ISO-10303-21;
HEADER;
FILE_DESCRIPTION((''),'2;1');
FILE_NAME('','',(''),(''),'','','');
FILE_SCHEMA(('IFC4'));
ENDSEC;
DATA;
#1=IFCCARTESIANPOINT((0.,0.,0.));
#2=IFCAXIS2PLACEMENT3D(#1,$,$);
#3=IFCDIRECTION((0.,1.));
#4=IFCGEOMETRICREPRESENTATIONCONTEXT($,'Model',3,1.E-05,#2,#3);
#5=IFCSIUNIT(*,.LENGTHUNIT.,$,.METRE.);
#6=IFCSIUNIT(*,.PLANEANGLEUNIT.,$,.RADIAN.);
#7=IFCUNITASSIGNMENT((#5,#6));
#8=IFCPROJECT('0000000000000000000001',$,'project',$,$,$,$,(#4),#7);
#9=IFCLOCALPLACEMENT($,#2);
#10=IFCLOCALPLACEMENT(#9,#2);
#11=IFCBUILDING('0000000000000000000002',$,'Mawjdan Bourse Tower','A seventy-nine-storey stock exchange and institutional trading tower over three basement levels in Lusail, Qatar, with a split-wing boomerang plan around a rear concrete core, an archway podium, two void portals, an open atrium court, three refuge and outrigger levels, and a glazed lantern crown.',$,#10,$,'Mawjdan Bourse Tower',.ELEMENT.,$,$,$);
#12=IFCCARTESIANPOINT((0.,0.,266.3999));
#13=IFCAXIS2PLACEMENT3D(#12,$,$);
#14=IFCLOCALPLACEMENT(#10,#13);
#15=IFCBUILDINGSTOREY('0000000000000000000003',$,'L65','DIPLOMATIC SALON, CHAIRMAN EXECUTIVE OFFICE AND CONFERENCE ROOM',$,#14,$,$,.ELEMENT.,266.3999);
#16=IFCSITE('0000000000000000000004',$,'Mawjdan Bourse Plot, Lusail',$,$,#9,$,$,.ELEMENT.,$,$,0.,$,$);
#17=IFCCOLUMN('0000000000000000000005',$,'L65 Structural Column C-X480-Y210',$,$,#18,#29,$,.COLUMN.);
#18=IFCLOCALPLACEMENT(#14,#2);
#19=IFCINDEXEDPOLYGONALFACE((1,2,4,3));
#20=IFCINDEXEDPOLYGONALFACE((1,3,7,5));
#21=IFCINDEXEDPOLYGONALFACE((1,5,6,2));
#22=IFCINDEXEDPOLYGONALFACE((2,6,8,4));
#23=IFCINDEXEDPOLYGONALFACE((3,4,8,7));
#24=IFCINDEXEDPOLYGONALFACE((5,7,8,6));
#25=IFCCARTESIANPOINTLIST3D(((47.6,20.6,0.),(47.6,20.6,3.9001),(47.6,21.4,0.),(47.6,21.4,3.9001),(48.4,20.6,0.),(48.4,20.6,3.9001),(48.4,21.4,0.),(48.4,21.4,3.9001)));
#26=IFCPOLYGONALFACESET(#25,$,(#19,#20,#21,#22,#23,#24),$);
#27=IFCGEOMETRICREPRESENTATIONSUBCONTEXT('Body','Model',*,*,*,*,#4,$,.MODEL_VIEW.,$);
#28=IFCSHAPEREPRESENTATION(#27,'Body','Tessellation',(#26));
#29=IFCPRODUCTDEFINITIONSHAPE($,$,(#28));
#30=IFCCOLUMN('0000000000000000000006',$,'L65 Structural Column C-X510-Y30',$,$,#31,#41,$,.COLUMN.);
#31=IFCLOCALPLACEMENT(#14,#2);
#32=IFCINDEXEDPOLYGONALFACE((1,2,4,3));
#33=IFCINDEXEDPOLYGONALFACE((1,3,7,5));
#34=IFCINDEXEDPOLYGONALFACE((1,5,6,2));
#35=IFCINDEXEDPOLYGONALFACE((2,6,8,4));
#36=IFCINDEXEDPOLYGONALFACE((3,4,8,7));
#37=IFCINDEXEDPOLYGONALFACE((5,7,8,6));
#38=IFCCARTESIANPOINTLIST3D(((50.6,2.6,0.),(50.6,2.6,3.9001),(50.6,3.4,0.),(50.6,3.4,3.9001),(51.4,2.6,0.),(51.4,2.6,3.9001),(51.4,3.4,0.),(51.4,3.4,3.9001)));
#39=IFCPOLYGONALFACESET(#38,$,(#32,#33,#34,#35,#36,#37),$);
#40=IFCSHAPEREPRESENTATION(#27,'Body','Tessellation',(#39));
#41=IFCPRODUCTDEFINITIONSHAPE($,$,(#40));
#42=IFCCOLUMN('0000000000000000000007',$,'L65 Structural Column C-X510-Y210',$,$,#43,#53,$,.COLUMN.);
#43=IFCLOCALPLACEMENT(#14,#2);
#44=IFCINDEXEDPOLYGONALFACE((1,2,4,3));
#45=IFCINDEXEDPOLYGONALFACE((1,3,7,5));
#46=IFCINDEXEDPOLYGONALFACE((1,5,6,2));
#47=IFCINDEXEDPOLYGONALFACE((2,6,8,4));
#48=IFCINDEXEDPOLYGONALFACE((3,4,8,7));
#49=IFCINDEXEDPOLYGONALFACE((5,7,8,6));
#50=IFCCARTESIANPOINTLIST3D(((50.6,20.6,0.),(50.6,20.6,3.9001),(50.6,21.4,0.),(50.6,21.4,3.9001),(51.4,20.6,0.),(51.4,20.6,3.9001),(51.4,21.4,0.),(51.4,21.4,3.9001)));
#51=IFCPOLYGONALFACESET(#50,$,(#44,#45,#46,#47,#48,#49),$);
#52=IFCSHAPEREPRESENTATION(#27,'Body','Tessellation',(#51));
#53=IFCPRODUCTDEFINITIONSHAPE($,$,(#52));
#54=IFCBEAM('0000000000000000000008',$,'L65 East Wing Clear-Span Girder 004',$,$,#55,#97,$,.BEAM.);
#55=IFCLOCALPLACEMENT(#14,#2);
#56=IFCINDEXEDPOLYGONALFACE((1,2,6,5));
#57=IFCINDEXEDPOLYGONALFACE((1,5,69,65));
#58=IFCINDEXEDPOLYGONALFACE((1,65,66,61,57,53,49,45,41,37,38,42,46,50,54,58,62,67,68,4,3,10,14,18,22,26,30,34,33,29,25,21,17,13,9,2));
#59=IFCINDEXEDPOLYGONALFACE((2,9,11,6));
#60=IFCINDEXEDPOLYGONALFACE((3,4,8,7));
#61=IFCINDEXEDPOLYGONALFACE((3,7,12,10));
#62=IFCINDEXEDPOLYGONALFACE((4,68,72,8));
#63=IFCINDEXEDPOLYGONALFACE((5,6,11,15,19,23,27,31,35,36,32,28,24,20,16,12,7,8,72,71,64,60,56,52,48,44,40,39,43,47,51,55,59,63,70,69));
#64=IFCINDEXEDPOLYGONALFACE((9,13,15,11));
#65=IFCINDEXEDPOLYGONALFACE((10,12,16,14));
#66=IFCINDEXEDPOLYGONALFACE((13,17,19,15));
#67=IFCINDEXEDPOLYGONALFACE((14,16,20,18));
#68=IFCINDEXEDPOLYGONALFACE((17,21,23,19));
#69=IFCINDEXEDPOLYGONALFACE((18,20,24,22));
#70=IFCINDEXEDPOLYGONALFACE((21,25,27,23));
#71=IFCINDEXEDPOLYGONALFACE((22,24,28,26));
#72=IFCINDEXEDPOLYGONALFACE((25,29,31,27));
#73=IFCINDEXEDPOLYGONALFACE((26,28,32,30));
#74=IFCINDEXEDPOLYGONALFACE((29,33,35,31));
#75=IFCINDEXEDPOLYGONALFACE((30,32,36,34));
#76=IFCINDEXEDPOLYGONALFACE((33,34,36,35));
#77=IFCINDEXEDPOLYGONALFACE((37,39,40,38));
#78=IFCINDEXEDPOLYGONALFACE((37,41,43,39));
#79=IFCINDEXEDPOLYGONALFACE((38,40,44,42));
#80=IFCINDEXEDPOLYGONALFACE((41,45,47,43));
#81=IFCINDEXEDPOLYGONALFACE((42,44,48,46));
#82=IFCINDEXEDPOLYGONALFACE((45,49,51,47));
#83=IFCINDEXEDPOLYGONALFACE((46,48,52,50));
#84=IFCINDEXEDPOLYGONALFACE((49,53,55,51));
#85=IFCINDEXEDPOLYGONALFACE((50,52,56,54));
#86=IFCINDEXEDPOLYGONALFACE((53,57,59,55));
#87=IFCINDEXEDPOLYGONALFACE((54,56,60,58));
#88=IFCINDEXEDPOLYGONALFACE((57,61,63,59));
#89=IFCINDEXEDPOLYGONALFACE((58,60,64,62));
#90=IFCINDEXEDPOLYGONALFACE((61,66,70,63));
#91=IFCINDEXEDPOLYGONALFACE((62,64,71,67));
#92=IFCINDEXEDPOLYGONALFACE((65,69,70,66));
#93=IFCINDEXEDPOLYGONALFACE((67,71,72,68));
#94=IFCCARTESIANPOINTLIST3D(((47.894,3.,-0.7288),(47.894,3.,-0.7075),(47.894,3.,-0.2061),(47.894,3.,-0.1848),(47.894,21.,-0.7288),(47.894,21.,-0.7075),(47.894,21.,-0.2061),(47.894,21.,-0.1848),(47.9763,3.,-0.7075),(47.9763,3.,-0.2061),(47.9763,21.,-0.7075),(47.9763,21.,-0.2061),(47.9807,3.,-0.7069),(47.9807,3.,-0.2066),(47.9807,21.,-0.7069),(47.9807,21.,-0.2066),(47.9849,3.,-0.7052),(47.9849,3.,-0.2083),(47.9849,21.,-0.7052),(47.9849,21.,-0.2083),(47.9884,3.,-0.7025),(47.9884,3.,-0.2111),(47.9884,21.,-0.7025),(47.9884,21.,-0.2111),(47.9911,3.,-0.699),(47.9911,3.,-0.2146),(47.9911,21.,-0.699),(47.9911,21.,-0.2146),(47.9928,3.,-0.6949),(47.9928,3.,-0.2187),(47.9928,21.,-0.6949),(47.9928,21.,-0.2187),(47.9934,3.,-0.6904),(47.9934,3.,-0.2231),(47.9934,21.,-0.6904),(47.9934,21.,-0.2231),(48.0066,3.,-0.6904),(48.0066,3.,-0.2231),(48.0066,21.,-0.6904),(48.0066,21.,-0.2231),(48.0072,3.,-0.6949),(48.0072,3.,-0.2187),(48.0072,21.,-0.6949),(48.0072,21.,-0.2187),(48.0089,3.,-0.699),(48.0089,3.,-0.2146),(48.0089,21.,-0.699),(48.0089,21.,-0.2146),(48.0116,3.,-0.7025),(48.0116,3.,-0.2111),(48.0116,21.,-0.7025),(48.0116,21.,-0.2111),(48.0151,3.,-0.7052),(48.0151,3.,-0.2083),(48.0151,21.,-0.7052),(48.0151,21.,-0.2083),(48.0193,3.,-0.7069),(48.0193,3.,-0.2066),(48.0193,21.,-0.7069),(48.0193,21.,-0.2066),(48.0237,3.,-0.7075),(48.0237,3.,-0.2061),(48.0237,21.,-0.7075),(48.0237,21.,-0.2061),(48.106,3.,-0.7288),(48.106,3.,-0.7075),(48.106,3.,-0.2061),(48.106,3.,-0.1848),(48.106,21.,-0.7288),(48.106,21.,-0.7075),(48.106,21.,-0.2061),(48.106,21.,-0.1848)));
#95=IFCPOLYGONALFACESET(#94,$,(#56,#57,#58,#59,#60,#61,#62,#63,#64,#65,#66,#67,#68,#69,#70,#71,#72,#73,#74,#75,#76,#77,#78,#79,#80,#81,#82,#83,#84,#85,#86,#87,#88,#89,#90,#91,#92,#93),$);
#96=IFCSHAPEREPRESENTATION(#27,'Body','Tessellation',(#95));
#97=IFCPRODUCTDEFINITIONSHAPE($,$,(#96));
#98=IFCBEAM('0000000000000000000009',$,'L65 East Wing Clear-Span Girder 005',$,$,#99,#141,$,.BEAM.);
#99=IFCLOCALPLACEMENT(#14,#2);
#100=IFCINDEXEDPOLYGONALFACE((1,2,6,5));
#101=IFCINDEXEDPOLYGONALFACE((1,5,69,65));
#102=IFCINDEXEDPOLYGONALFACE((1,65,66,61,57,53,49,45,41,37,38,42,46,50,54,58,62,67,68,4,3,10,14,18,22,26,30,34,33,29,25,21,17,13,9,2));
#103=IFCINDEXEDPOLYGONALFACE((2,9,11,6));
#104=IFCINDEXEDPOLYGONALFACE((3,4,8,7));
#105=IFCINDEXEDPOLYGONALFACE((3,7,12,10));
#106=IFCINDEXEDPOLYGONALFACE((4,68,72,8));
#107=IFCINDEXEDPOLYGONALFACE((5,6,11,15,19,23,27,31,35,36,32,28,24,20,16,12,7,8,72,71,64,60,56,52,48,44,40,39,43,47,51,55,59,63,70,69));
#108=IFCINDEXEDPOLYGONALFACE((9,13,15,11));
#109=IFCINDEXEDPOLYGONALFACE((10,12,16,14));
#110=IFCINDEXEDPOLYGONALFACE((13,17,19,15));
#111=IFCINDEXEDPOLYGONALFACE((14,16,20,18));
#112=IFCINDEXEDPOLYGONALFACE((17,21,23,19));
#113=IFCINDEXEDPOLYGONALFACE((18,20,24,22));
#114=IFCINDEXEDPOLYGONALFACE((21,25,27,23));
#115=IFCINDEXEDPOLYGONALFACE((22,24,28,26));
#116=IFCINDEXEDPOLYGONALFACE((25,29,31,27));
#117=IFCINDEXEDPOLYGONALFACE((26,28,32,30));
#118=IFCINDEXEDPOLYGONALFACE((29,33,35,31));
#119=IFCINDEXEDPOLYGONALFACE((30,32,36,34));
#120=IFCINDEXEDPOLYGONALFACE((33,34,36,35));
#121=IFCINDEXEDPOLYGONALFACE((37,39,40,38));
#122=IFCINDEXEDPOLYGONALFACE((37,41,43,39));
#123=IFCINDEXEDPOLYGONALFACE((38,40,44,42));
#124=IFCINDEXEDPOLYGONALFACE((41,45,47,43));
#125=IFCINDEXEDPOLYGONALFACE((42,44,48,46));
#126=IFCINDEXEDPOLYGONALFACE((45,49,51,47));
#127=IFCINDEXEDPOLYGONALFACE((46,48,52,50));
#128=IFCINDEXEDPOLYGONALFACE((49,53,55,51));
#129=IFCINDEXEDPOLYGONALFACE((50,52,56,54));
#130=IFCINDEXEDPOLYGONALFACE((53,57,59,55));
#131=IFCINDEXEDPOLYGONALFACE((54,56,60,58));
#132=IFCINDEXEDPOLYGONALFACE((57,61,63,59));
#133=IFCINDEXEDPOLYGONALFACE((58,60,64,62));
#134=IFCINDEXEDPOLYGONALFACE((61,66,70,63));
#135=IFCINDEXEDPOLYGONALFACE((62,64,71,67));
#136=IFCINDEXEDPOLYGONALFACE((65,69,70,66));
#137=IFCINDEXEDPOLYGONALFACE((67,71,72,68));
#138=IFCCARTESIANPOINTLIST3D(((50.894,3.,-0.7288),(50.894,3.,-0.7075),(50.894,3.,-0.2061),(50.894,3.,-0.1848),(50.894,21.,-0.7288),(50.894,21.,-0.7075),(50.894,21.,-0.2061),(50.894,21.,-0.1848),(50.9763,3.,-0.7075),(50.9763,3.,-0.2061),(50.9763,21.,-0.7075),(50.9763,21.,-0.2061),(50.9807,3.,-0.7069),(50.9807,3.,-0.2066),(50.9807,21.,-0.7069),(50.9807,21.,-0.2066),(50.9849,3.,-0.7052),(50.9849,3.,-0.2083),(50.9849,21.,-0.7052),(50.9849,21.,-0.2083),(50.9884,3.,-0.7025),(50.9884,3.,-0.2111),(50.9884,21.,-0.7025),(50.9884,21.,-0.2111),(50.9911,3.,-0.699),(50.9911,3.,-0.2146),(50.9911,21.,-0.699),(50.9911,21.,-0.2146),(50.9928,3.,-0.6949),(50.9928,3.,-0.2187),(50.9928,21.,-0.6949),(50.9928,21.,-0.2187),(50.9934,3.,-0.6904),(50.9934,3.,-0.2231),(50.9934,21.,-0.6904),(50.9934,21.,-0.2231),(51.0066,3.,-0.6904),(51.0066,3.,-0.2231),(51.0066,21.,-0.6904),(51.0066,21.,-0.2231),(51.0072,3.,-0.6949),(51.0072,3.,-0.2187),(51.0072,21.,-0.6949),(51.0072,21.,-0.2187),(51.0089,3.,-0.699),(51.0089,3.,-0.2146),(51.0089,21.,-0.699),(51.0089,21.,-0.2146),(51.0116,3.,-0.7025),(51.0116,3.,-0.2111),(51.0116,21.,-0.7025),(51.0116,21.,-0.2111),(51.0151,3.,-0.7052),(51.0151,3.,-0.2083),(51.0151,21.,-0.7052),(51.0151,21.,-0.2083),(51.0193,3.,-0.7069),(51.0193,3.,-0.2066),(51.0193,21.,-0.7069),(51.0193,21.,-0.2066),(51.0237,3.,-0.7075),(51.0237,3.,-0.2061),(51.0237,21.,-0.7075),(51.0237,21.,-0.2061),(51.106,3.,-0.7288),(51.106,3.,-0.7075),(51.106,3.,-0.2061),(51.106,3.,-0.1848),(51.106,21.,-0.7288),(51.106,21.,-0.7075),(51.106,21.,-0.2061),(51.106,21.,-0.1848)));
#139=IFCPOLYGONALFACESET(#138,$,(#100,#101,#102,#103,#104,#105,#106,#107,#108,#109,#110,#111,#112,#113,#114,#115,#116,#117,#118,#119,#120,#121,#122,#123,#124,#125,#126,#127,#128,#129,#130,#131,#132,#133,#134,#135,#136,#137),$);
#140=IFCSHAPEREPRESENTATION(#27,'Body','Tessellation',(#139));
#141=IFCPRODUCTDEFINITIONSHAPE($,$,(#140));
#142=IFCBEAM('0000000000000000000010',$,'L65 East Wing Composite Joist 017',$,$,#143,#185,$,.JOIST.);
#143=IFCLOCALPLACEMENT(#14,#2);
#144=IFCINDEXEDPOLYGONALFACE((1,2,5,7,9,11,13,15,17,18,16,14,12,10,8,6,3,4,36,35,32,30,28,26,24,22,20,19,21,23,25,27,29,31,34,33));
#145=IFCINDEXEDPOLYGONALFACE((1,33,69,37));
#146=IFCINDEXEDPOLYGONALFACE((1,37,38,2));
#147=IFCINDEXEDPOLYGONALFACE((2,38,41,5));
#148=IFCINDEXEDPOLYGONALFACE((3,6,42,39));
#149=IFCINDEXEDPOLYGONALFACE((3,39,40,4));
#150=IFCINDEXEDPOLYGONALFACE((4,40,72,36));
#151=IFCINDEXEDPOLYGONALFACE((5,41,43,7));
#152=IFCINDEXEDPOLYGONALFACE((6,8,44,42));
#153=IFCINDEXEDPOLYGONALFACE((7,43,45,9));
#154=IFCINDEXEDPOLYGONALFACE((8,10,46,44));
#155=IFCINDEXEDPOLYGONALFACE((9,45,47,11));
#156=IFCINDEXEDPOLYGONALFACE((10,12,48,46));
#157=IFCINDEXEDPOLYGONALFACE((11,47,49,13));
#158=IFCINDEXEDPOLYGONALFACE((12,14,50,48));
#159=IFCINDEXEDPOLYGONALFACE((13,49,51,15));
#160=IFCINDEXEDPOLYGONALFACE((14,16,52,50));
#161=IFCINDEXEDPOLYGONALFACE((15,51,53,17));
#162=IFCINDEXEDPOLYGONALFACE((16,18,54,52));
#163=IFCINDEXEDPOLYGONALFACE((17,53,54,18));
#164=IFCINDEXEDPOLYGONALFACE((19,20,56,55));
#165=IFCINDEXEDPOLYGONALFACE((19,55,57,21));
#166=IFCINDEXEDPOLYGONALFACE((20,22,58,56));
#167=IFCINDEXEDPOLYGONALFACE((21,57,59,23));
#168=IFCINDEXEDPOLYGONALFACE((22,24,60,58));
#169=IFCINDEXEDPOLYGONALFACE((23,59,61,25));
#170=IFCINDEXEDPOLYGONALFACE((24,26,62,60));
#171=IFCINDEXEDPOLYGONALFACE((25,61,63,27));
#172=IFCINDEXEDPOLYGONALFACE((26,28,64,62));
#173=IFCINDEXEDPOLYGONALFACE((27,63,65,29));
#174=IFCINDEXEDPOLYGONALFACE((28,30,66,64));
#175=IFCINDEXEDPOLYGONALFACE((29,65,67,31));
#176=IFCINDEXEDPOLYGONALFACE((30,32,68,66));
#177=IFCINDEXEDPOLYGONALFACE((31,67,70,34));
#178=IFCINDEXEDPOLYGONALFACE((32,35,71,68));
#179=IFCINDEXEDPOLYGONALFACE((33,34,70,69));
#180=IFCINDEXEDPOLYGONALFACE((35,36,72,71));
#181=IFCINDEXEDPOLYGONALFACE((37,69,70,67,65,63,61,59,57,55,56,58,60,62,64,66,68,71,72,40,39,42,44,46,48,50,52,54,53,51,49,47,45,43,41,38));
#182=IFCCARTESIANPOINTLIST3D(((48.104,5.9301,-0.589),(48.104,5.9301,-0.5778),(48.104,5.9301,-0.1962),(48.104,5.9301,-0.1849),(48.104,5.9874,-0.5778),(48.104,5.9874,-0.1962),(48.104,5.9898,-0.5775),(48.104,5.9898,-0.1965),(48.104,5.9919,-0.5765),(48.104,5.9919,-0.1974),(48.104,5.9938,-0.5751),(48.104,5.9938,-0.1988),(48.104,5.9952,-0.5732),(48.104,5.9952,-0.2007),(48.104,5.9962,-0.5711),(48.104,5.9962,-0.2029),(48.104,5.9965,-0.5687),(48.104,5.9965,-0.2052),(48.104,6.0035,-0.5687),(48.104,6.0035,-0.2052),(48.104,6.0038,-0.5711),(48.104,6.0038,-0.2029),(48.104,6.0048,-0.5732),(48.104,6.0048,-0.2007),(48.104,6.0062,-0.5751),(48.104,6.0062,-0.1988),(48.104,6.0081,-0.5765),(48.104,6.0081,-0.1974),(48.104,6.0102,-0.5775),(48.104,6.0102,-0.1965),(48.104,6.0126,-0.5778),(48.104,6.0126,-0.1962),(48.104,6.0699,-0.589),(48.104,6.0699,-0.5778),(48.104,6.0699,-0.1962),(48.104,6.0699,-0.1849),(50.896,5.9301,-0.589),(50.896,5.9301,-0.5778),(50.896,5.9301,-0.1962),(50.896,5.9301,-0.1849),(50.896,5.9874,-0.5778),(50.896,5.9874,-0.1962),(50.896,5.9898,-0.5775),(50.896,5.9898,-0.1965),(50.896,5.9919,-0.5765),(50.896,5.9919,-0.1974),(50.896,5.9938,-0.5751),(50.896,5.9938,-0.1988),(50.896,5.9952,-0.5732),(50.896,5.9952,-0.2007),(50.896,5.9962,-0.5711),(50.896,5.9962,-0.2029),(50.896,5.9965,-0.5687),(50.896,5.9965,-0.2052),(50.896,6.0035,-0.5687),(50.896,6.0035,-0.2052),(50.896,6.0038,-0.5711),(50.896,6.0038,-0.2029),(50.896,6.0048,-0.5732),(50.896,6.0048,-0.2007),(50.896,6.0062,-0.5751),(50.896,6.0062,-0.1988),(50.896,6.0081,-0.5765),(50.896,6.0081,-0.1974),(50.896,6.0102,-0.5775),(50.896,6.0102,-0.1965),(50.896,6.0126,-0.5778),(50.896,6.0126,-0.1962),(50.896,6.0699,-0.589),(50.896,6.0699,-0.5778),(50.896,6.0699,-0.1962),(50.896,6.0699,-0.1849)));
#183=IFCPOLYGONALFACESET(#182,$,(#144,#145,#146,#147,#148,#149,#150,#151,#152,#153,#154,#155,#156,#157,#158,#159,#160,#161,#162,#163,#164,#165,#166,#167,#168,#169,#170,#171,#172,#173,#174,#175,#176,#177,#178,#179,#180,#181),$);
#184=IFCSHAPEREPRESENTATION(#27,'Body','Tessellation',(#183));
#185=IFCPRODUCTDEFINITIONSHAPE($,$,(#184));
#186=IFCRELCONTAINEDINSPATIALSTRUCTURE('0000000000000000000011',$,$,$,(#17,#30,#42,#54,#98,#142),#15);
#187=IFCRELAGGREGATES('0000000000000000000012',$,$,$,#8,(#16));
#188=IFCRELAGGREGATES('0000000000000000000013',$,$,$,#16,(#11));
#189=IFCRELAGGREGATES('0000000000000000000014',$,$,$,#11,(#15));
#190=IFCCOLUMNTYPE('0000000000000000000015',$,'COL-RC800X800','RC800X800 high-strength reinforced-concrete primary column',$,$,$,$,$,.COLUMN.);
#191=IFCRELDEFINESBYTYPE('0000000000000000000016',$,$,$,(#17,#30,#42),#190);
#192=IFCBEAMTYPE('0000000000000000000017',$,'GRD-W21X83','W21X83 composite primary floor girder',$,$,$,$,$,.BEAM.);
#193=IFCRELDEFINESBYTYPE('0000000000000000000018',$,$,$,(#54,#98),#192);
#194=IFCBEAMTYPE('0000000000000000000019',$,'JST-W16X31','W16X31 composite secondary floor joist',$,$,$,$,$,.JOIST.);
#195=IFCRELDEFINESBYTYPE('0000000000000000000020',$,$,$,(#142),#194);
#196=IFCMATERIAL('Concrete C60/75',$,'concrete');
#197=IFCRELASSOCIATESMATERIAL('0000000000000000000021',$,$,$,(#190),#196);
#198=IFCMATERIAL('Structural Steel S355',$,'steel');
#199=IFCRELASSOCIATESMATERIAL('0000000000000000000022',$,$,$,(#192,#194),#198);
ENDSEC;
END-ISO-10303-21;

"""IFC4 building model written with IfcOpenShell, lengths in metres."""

from ifc_helpers import new_model, si_unit, direction, frame, origin, origin_2d, place, context, subcontext, project, spatial, rectangle, i_section, extrude, material, material_profile, profile_set, type_object, element, save


model = new_model("IFC4")

# Units and contexts
model_context = context("Model", 3, precision=1e-05, world=origin(), true_north=direction((0.0, 1.0)))
body_context = subcontext(model_context, "Body", "Model", "MODEL_VIEW")
ifc_project = project(units=[si_unit("LENGTHUNIT", "METRE"), si_unit("PLANEANGLEUNIT", "RADIAN")], contexts=[model_context])

# Site, building, storey
site_placement = place(None, origin())
site = spatial("IfcSite", under=ifc_project, at=site_placement, Name="Mawjdan Bourse Plot, Lusail", CompositionType="ELEMENT", RefElevation=0.0)
building_placement = place(site_placement, origin())
building = spatial("IfcBuilding", under=site, at=building_placement, Name="Mawjdan Bourse Tower", Description="A seventy-nine-storey stock exchange and institutional trading tower over three basement levels in Lusail, Qatar, with a split-wing boomerang plan around a rear concrete core, an archway podium, two void portals, an open atrium court, three refuge and outrigger levels, and a glazed lantern crown.", LongName="Mawjdan Bourse Tower", CompositionType="ELEMENT")
storey_placement = place(building_placement, frame((0.0, 0.0, 266.3999)))
storey = spatial("IfcBuildingStorey", under=building, at=storey_placement, Name="L65", Description="DIPLOMATIC SALON, CHAIRMAN EXECUTIVE OFFICE AND CONFERENCE ROOM", CompositionType="ELEMENT", Elevation=266.3999)

# Columns
ifc_material_1 = material(Name="Concrete C60/75", Category="concrete")
ifc_material_profile_1 = material_profile(ifc_material_1, rectangle(XDim=0.8, YDim=0.8, at=origin_2d()), Name="RC800X800")
ifc_profile_set_1 = profile_set([ifc_material_profile_1], Name="Concrete C60/75")
column_type = type_object("IfcColumnType", Name="COL-RC800X800", Description="RC800X800 high-strength reinforced-concrete primary column", PredefinedType="COLUMN", material=ifc_profile_set_1)
for number, where, z_axis, x_axis, name in (
    (1, (48.0, 21.0, 0.0), (0.0, 0.0, 1.0), (1.0, 0.0, 0.0), "L65 Structural Column C-X480-Y210"),
    (2, (51.0, 3.0, 0.0), (0.0, 0.0, 1.0), (1.0, 0.0, 0.0), "L65 Structural Column C-X510-Y30"),
    (3, (51.0, 21.0, 0.0), (0.0, 0.0, 1.0), (1.0, 0.0, 0.0), "L65 Structural Column C-X510-Y210"),
):
    element("IfcColumn", number, at=place(storey_placement, frame(where, z_axis=z_axis, x_axis=x_axis)), inside=storey, type_object=column_type, Name=name, PredefinedType="COLUMN", context=body_context, shape_type="SweptSolid", body=[
        extrude(rectangle(XDim=0.8, YDim=0.8, at=origin_2d()), origin(), (0.0, 0.0, 1.0), 3.9001),
    ])

# Beams
ifc_material_2 = material(Name="Structural Steel S355", Category="steel")
ifc_material_profile_2 = material_profile(ifc_material_2, i_section(OverallWidth=0.2119, OverallDepth=0.5439, WebThickness=0.0132, FlangeThickness=0.0212, FilletRadius=0.0171, at=origin_2d()), Name="W21X83")
ifc_profile_set_2 = profile_set([ifc_material_profile_2], Name="Structural Steel S355")
beam_type_1 = type_object("IfcBeamType", Name="GRD-W21X83", Description="W21X83 composite primary floor girder", PredefinedType="BEAM", material=ifc_profile_set_2)
for number, where, z_axis, x_axis, name in (
    (4, (48.0, 3.0, -0.4568), (0.0, 1.0, 0.0), (-1.0, 0.0, 0.0), "L65 East Wing Clear-Span Girder 004"),
    (5, (51.0, 3.0, -0.4568), (0.0, 1.0, 0.0), (-1.0, 0.0, 0.0), "L65 East Wing Clear-Span Girder 005"),
):
    element("IfcBeam", number, at=place(storey_placement, frame(where, z_axis=z_axis, x_axis=x_axis)), inside=storey, type_object=beam_type_1, Name=name, PredefinedType="BEAM", context=body_context, shape_type="SweptSolid", body=[
        extrude(i_section(OverallWidth=0.2119, OverallDepth=0.5439, WebThickness=0.0132, FlangeThickness=0.0212, FilletRadius=0.0171, at=origin_2d()), origin(), (0.0, 0.0, 1.0), 18.0),
    ])
ifc_material_profile_3 = material_profile(ifc_material_2, i_section(OverallWidth=0.1399, OverallDepth=0.4041, WebThickness=0.0071, FlangeThickness=0.0112, FilletRadius=0.009, at=origin_2d()), Name="W16X31")
ifc_profile_set_3 = profile_set([ifc_material_profile_3], Name="Structural Steel S355")
beam_type_2 = type_object("IfcBeamType", Name="JST-W16X31", Description="W16X31 composite secondary floor joist", PredefinedType="JOIST", material=ifc_profile_set_3)
for number, where, z_axis, x_axis, name in (
    (6, (48.104, 6.0, -0.387), (1.0, 0.0, 0.0), (0.0, 1.0, 0.0), "L65 East Wing Composite Joist 017"),
):
    element("IfcBeam", number, at=place(storey_placement, frame(where, z_axis=z_axis, x_axis=x_axis)), inside=storey, type_object=beam_type_2, Name=name, PredefinedType="JOIST", context=body_context, shape_type="SweptSolid", body=[
        extrude(i_section(OverallWidth=0.1399, OverallDepth=0.4041, WebThickness=0.0071, FlangeThickness=0.0112, FilletRadius=0.009, at=origin_2d()), origin(), (0.0, 0.0, 1.0), 2.792),
    ])

save(model, "model.ifc")
